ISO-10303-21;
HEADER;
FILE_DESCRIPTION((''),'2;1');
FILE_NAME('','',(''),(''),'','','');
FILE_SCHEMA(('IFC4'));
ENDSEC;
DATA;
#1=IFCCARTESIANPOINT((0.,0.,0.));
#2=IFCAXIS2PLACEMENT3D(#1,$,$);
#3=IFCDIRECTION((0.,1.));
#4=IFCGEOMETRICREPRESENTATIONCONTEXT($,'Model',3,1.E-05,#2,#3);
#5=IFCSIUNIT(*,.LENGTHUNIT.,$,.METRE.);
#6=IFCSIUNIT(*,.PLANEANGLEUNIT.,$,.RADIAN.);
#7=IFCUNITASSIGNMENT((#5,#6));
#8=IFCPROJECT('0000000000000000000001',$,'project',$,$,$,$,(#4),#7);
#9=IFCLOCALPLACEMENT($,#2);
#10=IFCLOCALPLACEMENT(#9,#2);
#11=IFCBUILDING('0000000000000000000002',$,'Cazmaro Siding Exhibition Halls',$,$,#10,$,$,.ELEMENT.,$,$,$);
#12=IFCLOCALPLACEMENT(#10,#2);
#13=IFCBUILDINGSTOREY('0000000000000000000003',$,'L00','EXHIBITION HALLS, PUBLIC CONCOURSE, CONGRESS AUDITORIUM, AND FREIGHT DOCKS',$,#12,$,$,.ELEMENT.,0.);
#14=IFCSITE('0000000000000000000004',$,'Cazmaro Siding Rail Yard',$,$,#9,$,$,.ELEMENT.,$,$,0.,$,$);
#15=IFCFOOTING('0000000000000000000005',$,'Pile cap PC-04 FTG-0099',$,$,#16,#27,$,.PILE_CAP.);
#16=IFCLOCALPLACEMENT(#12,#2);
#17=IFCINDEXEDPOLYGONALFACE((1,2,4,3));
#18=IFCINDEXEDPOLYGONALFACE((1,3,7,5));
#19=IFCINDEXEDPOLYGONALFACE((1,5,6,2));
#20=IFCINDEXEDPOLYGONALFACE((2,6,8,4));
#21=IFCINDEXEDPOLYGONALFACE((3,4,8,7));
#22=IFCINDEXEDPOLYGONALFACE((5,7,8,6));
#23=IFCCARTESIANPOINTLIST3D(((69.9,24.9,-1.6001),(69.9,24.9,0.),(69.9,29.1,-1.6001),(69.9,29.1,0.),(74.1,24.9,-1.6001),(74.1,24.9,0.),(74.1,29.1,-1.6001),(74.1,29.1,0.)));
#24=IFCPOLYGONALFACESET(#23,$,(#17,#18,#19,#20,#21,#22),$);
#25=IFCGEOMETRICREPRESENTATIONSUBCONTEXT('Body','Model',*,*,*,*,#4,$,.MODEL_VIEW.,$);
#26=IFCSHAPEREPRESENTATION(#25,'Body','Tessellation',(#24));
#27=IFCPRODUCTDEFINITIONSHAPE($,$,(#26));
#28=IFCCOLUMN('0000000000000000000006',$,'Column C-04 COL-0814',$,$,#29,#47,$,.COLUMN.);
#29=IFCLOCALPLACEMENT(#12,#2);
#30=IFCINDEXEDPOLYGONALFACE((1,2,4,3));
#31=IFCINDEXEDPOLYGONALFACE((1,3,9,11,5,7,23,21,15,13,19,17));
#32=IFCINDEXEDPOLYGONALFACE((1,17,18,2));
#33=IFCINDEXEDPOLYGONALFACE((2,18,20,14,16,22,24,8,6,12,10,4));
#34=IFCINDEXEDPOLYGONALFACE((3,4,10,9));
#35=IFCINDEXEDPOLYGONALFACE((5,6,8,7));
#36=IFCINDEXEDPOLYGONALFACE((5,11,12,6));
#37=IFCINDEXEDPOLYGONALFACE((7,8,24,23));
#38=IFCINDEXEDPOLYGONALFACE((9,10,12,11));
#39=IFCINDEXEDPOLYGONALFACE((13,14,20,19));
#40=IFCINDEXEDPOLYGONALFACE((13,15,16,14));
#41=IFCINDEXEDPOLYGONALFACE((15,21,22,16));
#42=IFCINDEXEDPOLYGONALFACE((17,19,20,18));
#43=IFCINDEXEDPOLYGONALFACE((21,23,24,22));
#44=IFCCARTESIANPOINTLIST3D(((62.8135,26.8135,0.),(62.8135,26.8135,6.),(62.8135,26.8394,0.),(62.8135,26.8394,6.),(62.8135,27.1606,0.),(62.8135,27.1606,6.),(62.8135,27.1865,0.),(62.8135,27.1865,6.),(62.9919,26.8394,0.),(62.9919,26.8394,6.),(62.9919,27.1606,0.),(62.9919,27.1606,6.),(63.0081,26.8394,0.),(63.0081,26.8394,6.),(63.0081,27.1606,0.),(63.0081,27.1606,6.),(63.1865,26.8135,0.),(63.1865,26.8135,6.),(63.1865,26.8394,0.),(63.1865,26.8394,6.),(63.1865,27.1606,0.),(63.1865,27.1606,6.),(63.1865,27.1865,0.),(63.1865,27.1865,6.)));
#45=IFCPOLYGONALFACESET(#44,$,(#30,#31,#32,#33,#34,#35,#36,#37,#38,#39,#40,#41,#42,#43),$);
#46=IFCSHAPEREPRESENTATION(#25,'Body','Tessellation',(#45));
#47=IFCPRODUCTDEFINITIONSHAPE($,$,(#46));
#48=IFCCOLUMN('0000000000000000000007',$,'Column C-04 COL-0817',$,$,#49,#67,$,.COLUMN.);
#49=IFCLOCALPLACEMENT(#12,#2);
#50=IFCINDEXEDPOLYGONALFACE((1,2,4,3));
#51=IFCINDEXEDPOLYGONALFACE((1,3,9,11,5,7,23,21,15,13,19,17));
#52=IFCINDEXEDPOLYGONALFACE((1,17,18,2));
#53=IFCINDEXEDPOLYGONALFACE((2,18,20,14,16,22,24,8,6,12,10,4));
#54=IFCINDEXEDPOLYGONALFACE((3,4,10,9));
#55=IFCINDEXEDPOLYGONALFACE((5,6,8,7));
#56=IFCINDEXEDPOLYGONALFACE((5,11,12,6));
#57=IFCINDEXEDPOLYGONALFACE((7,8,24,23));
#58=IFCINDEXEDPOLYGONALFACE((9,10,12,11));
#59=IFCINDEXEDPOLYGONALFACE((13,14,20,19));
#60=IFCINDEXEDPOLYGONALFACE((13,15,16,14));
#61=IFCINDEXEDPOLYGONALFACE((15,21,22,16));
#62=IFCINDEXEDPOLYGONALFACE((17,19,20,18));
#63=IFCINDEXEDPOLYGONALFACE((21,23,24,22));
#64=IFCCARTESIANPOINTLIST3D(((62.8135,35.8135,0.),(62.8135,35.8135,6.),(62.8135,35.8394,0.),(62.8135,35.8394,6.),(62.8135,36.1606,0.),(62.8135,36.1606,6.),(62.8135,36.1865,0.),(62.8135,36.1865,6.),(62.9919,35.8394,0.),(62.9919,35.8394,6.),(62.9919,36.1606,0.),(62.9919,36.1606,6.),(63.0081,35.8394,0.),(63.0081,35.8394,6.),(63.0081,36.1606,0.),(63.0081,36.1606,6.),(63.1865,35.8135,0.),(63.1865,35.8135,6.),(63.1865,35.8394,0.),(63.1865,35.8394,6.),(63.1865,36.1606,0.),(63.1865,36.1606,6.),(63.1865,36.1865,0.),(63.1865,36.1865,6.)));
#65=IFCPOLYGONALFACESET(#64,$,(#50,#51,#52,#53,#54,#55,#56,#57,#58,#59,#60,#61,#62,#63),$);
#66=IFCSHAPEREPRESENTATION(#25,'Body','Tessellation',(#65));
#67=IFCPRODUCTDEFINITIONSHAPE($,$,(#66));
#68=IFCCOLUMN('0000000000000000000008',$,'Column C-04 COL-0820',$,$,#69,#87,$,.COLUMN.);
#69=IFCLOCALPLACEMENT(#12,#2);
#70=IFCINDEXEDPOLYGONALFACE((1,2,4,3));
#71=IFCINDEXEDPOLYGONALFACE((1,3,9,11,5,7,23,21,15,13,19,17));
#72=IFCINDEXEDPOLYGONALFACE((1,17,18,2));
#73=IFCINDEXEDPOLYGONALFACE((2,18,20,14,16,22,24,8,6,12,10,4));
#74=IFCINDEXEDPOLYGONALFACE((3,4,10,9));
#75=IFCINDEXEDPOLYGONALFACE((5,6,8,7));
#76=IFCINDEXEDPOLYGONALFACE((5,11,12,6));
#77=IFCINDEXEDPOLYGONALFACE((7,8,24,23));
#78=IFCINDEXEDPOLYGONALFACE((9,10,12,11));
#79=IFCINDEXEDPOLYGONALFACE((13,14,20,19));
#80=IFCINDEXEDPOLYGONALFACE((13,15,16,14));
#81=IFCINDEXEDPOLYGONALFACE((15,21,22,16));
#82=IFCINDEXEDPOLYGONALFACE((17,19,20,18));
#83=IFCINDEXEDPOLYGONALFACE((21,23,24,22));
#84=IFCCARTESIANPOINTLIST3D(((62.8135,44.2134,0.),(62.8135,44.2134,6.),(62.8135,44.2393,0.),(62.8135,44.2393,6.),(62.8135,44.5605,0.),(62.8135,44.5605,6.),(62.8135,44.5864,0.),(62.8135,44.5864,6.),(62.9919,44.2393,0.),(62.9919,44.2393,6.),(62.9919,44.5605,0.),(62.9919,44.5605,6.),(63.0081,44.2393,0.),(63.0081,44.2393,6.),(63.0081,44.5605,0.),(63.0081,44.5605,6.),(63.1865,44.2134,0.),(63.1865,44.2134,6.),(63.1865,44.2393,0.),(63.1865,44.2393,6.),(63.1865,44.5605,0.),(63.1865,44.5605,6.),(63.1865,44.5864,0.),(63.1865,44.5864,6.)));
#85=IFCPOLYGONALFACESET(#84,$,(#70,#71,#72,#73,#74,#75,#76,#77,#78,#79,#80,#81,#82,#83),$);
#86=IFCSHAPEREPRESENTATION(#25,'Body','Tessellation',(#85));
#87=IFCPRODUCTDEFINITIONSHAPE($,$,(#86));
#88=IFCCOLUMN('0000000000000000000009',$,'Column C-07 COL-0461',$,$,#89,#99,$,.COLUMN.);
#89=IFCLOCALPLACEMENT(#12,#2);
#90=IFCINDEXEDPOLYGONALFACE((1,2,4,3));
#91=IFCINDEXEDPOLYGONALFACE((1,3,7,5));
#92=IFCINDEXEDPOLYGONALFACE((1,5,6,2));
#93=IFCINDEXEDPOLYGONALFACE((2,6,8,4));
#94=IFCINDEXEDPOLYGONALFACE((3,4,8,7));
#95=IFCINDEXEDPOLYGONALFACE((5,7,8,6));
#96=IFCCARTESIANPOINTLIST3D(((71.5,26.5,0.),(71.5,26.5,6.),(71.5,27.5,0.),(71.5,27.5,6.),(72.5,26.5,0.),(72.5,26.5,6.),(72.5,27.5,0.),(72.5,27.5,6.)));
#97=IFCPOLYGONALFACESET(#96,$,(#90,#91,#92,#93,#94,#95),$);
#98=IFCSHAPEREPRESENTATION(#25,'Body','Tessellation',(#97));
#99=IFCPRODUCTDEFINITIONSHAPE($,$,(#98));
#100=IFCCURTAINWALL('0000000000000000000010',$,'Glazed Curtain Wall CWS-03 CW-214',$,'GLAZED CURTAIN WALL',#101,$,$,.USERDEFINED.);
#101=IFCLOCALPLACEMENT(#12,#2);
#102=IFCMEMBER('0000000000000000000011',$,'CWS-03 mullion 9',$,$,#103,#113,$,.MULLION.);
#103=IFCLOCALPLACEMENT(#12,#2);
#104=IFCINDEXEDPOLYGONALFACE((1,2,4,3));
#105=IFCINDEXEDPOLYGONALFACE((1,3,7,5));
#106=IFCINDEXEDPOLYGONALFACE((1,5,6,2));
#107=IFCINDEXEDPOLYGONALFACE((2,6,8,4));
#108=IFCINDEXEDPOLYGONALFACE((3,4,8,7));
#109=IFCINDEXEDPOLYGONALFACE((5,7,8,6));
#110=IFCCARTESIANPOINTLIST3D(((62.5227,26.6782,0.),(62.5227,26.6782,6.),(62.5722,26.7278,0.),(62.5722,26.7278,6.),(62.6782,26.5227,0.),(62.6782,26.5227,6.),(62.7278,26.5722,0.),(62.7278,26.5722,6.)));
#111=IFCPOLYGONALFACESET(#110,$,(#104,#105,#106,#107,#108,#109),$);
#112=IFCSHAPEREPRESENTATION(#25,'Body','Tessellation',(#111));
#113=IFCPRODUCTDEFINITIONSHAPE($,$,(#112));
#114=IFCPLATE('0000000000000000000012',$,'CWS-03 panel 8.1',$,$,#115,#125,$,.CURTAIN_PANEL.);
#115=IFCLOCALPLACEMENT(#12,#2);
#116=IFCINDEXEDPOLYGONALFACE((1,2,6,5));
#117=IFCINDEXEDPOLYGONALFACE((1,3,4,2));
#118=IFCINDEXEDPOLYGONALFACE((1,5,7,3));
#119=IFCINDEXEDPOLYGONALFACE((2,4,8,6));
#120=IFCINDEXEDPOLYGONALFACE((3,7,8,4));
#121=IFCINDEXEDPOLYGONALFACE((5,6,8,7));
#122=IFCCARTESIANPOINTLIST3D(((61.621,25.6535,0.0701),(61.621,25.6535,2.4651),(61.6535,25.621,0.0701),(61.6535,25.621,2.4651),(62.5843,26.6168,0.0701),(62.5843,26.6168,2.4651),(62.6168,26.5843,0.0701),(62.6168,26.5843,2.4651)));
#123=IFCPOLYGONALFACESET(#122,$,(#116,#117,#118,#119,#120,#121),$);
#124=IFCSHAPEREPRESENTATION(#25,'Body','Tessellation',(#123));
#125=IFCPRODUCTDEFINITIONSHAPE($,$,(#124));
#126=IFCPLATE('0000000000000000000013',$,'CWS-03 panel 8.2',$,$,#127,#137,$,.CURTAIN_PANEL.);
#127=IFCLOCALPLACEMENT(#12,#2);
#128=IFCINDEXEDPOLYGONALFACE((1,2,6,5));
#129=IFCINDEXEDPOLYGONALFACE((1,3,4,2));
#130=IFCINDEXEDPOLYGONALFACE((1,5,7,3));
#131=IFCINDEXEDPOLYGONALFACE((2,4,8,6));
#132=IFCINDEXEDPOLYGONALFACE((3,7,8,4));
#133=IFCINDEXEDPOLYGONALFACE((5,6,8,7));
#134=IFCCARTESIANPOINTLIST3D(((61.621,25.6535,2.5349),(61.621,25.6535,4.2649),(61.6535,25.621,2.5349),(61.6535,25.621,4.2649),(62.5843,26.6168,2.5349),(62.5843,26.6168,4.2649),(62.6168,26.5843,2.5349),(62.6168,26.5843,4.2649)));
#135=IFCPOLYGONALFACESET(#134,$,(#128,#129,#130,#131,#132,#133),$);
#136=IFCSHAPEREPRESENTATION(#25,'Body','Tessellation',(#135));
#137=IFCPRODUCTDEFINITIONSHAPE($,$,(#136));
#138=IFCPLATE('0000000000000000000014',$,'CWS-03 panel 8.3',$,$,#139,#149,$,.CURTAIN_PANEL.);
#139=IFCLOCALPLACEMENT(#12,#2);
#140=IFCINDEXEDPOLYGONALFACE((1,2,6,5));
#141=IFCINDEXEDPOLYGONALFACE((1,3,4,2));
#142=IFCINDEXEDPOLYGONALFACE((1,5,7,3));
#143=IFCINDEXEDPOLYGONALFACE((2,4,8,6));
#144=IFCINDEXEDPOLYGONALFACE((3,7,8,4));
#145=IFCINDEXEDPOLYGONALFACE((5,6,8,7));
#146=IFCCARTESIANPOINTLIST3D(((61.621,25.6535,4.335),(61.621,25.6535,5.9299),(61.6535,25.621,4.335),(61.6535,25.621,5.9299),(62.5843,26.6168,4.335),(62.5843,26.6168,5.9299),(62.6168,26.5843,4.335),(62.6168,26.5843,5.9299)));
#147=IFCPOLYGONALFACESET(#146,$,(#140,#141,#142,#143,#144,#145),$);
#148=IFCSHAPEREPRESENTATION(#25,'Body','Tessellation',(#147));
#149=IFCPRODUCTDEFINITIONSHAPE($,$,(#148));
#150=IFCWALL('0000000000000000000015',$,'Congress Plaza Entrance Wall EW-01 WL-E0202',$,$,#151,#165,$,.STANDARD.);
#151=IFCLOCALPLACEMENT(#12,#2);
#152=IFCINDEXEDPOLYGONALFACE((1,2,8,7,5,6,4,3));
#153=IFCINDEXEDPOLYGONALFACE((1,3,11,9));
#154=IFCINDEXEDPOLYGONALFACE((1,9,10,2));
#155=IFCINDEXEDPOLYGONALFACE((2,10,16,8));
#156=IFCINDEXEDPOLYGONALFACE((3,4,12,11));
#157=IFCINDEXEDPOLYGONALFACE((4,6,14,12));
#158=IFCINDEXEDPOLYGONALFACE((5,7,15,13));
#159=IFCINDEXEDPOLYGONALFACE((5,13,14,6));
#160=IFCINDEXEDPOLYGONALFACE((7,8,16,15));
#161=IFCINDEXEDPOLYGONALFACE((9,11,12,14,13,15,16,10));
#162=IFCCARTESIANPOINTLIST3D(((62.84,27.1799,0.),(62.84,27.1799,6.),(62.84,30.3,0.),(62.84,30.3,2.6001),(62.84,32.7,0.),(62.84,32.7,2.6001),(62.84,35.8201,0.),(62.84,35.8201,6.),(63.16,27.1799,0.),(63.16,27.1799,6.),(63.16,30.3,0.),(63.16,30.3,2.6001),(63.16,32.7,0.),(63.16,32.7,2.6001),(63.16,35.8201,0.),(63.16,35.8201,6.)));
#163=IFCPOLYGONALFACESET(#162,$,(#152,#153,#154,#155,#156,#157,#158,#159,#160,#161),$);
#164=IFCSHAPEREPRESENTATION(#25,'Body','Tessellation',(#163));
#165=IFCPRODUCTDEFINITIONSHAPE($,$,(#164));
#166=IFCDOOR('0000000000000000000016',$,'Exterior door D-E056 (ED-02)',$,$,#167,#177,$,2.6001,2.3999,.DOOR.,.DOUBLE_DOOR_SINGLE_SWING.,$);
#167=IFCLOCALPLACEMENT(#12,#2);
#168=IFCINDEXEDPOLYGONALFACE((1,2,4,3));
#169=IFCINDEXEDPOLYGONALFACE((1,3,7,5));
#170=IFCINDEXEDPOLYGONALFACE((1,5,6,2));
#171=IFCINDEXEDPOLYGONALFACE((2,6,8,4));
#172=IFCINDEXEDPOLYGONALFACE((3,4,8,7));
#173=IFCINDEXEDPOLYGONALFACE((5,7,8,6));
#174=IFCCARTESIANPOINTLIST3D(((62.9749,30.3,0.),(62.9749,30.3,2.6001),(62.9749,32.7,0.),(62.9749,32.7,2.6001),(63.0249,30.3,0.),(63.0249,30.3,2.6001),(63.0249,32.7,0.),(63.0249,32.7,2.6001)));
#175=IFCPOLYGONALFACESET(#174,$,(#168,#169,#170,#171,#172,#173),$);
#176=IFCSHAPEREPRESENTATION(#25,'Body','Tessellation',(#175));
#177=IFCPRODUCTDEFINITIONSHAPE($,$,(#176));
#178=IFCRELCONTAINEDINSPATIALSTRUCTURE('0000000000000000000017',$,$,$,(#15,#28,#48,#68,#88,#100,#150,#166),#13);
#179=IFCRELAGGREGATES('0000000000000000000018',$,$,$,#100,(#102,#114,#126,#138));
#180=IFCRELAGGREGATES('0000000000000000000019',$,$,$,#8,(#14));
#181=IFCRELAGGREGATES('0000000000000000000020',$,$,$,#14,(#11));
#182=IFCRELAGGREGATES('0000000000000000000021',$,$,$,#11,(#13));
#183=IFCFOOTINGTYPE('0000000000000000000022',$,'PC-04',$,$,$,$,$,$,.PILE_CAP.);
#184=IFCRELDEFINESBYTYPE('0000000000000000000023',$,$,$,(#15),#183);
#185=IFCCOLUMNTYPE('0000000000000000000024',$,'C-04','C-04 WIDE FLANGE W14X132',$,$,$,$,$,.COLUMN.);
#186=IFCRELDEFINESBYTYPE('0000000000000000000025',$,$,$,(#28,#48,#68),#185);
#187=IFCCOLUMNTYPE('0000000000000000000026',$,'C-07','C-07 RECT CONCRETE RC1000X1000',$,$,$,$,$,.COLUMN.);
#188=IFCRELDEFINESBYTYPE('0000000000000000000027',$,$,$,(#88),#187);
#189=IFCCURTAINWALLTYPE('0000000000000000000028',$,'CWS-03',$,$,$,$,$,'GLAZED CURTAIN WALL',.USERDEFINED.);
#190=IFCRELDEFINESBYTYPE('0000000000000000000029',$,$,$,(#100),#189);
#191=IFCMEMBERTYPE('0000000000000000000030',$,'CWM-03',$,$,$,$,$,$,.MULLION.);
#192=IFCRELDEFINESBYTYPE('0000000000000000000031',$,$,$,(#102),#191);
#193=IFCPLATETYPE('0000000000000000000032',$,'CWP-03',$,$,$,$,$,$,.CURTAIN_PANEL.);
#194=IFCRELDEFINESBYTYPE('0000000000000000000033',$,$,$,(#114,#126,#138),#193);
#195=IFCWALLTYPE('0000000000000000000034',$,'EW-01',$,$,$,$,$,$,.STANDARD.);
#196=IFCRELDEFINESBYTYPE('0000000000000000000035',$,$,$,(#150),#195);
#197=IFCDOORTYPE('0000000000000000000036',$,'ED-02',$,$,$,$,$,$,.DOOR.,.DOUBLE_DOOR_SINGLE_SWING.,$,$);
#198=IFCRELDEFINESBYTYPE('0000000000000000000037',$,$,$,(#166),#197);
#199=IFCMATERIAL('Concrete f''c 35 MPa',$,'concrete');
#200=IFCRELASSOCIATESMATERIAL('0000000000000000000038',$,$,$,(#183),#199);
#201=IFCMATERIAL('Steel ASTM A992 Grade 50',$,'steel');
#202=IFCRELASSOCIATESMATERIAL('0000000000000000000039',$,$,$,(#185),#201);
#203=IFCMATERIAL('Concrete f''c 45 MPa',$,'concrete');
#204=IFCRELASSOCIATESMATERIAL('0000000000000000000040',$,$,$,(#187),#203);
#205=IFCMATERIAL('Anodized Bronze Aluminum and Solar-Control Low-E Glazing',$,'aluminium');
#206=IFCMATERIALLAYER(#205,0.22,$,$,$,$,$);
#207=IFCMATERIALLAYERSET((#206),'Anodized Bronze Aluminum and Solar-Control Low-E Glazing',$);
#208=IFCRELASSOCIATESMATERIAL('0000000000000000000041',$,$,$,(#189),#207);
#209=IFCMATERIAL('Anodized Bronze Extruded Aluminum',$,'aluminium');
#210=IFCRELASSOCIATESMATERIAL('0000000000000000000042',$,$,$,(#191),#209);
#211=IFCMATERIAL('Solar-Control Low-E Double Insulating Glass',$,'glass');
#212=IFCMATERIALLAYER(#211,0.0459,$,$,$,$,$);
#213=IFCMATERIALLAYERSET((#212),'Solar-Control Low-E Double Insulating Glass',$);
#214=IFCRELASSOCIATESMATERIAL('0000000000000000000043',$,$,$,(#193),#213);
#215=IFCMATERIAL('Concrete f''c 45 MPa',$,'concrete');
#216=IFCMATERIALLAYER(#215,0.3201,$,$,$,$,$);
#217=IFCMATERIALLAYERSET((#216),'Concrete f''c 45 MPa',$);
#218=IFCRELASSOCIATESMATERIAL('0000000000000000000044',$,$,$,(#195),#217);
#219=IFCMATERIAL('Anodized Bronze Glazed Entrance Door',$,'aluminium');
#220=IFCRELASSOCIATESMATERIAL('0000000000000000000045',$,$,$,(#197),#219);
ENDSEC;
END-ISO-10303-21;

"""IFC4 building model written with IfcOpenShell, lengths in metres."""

from ifc_helpers import new_model, si_unit, direction, frame, frame_2d, origin, origin_2d, place, context, subcontext, project, spatial, rectangle, i_section, extrude, material, layer, layer_set, material_profile, profile_set, type_object, element, fill, aggregate, save


model = new_model("IFC4")

# Units and contexts
model_context = context("Model", 3, precision=1e-05, world=origin(), true_north=direction((0.0, 1.0)))
body_context = subcontext(model_context, "Body", "Model", "MODEL_VIEW")
ifc_project = project(units=[si_unit("LENGTHUNIT", "METRE"), si_unit("PLANEANGLEUNIT", "RADIAN")], contexts=[model_context])

# Site, building, storey
site_placement = place(None, origin())
site = spatial("IfcSite", under=ifc_project, at=site_placement, Name="Cazmaro Siding Rail Yard", CompositionType="ELEMENT", RefElevation=0.0)
building_placement = place(site_placement, origin())
building = spatial("IfcBuilding", under=site, at=building_placement, Name="Cazmaro Siding Exhibition Halls", CompositionType="ELEMENT")
storey_placement = place(building_placement, origin())
storey = spatial("IfcBuildingStorey", under=building, at=storey_placement, Name="L00", Description="EXHIBITION HALLS, PUBLIC CONCOURSE, CONGRESS AUDITORIUM, AND FREIGHT DOCKS", CompositionType="ELEMENT", Elevation=0.0)

# Footing
ifc_material_1 = material(Name="Concrete f'c 35 MPa", Category="concrete")
footing_type_1 = type_object("IfcFootingType", Name="PC-04", PredefinedType="PILE_CAP", material=ifc_material_1)
footing_placement = place(storey_placement, frame((72.0, 27.0, -1.6001), z_axis=(0.0, 0.0, 1.0), x_axis=(1.0, 0.0, 0.0)))
element("IfcFooting", 1, at=footing_placement, inside=storey, type_object=footing_type_1, Name="Pile cap PC-04 FTG-0099", PredefinedType="PILE_CAP", context=body_context, shape_type="SweptSolid", body=[
    extrude(rectangle(XDim=4.2, YDim=4.2, at=origin_2d()), origin(), (0.0, 0.0, 1.0), 1.6001),
])

# Columns
ifc_material_2 = material(Name="Steel ASTM A992 Grade 50", Category="steel")
ifc_material_profile_1 = material_profile(ifc_material_2, i_section(OverallWidth=0.373, OverallDepth=0.373, WebThickness=0.0161, FlangeThickness=0.0259, at=origin_2d()), Name="W14X132")
ifc_profile_set_1 = profile_set([ifc_material_profile_1], Name="Steel ASTM A992 Grade 50")
column_type_1 = type_object("IfcColumnType", Name="C-04", Description="C-04 WIDE FLANGE W14X132", PredefinedType="COLUMN", material=ifc_profile_set_1)
for number, where, z_axis, x_axis, name in (
    (2, (63.0, 27.0, 0.0), (0.0, 0.0, 1.0), (1.0, 0.0, 0.0), "Column C-04 COL-0814"),
    (3, (63.0, 36.0, 0.0), (0.0, 0.0, 1.0), (1.0, 0.0, 0.0), "Column C-04 COL-0817"),
    (4, (63.0, 44.3999, 0.0), (0.0, 0.0, 1.0), (1.0, 0.0, 0.0), "Column C-04 COL-0820"),
):
    element("IfcColumn", number, at=place(storey_placement, frame(where, z_axis=z_axis, x_axis=x_axis)), inside=storey, type_object=column_type_1, Name=name, PredefinedType="COLUMN", context=body_context, shape_type="SweptSolid", body=[
        extrude(i_section(OverallWidth=0.373, OverallDepth=0.373, WebThickness=0.0161, FlangeThickness=0.0259, at=origin_2d()), origin(), (0.0, 0.0, 1.0), 6.0),
    ])
ifc_material_3 = material(Name="Concrete f'c 45 MPa", Category="concrete")
ifc_material_profile_2 = material_profile(ifc_material_3, rectangle(XDim=1.0, YDim=1.0, at=origin_2d()), Name="RC1000X1000")
ifc_profile_set_2 = profile_set([ifc_material_profile_2], Name="Concrete f'c 45 MPa")
column_type_2 = type_object("IfcColumnType", Name="C-07", Description="C-07 RECT CONCRETE RC1000X1000", PredefinedType="COLUMN", material=ifc_profile_set_2)
column_placement = place(storey_placement, frame((72.0, 27.0, 0.0), z_axis=(0.0, 0.0, 1.0), x_axis=(1.0, 0.0, 0.0)))
element("IfcColumn", 5, at=column_placement, inside=storey, type_object=column_type_2, Name="Column C-07 COL-0461", PredefinedType="COLUMN", context=body_context, shape_type="SweptSolid", body=[
    extrude(rectangle(XDim=1.0, YDim=1.0, at=origin_2d()), origin(), (0.0, 0.0, 1.0), 6.0),
])

# Curtain wall, member, plates
ifc_material_4 = material(Name="Anodized Bronze Aluminum and Solar-Control Low-E Glazing", Category="aluminium")
ifc_layer_1 = layer(ifc_material_4, 0.22)
ifc_layer_set_1 = layer_set([ifc_layer_1], Name="Anodized Bronze Aluminum and Solar-Control Low-E Glazing")
curtain_wall_type = type_object("IfcCurtainWallType", Name="CWS-03", ElementType="GLAZED CURTAIN WALL", PredefinedType="USERDEFINED", material=ifc_layer_set_1)
curtain_wall_placement = place(storey_placement, origin())
curtain_wall = element("IfcCurtainWall", 6, at=curtain_wall_placement, inside=storey, type_object=curtain_wall_type, Name="Glazed Curtain Wall CWS-03 CW-214", ObjectType="GLAZED CURTAIN WALL", PredefinedType="USERDEFINED")
ifc_material_5 = material(Name="Anodized Bronze Extruded Aluminum", Category="aluminium")
ifc_material_profile_3 = material_profile(ifc_material_5, rectangle(XDim=0.22, YDim=0.0701, at=origin_2d()), Name="CWM-03")
ifc_profile_set_3 = profile_set([ifc_material_profile_3], Name="Anodized Bronze Extruded Aluminum")
member_type = type_object("IfcMemberType", Name="CWM-03", PredefinedType="MULLION", material=ifc_profile_set_3)
member_placement = place(storey_placement, frame((62.6252, 26.6252, 0.0), z_axis=(0.0, 0.0, 1.0), x_axis=(-0.707107, 0.707107, 0.0)))
member = element("IfcMember", 7, at=member_placement, type_object=member_type, Name="CWS-03 mullion 9", PredefinedType="MULLION", context=body_context, shape_type="SweptSolid", body=[
    extrude(rectangle(XDim=0.22, YDim=0.0701, at=origin_2d()), origin(), (0.0, 0.0, 1.0), 6.0),
])
ifc_material_6 = material(Name="Solar-Control Low-E Double Insulating Glass", Category="glass")
ifc_layer_2 = layer(ifc_material_6, 0.0459)
ifc_layer_set_2 = layer_set([ifc_layer_2], Name="Solar-Control Low-E Double Insulating Glass")
plate_type = type_object("IfcPlateType", Name="CWP-03", PredefinedType="CURTAIN_PANEL", material=ifc_layer_set_2)
plate_1_placement = place(storey_placement, frame((62.1189, 26.1189, 0.0701), z_axis=(0.0, 0.0, 1.0), x_axis=(0.707107, 0.707107, 0.0)))
plate_1 = element("IfcPlate", 8, at=plate_1_placement, type_object=plate_type, Name="CWS-03 panel 8.1", PredefinedType="CURTAIN_PANEL", context=body_context, shape_type="SweptSolid", body=[
    extrude(rectangle(XDim=1.3623, YDim=0.0459, at=origin_2d()), origin(), (0.0, 0.0, 1.0), 2.395),
])
plate_2_placement = place(storey_placement, frame((62.1189, 26.1189, 2.5349), z_axis=(0.0, 0.0, 1.0), x_axis=(0.707107, 0.707107, 0.0)))
plate_2 = element("IfcPlate", 9, at=plate_2_placement, type_object=plate_type, Name="CWS-03 panel 8.2", PredefinedType="CURTAIN_PANEL", context=body_context, shape_type="SweptSolid", body=[
    extrude(rectangle(XDim=1.3623, YDim=0.0459, at=origin_2d()), origin(), (0.0, 0.0, 1.0), 1.73),
])
plate_3_placement = place(storey_placement, frame((62.1189, 26.1189, 4.335), z_axis=(0.0, 0.0, 1.0), x_axis=(0.707107, 0.707107, 0.0)))
plate_3 = element("IfcPlate", 10, at=plate_3_placement, type_object=plate_type, Name="CWS-03 panel 8.3", PredefinedType="CURTAIN_PANEL", context=body_context, shape_type="SweptSolid", body=[
    extrude(rectangle(XDim=1.3623, YDim=0.0459, at=origin_2d()), origin(), (0.0, 0.0, 1.0), 1.595),
])
aggregate(curtain_wall, [member, plate_1, plate_2, plate_3])

# Wall, opening, door
ifc_material_7 = material(Name="Concrete f'c 45 MPa", Category="concrete")
ifc_layer_3 = layer(ifc_material_7, 0.3201)
ifc_layer_set_3 = layer_set([ifc_layer_3], Name="Concrete f'c 45 MPa")
wall_type = type_object("IfcWallType", Name="EW-01", PredefinedType="STANDARD", material=ifc_layer_set_3)
wall_1_placement = place(storey_placement, frame((63.0, 35.8201, 0.0), z_axis=(0.0, 0.0, 1.0), x_axis=(0.0, -1.0, 0.0)))
wall_1 = element("IfcWall", 11, at=wall_1_placement, inside=storey, type_object=wall_type, Name="Congress Plaza Entrance Wall EW-01 WL-E0202", PredefinedType="STANDARD", context=body_context, shape_type="SweptSolid", body=[
    extrude(rectangle(XDim=8.6401, YDim=0.3201, at=frame_2d((4.3201, 0.0))), origin(), (0.0, 0.0, 1.0), 6.0),
])
opening_1_placement = place(wall_1_placement, frame((3.1201, 0.0, 0.0)))
opening_1 = element("IfcOpeningElement", 12, at=opening_1_placement, cuts=wall_1, PredefinedType="OPENING", context=body_context, shape_type="SweptSolid", body=[
    extrude(rectangle(XDim=2.3999, YDim=2.6001, at=frame_2d((1.2, 1.3))), frame((0.0, 0.1699, 0.0), z_axis=(0.0, -1.0, 0.0), x_axis=(1.0, 0.0, 0.0)), (0.0, 0.0, 1.0), 0.3401),
])
ifc_material_8 = material(Name="Anodized Bronze Glazed Entrance Door", Category="aluminium")
door_type = type_object("IfcDoorType", Name="ED-02", OperationType="DOUBLE_DOOR_SINGLE_SWING", PredefinedType="DOOR", material=ifc_material_8)
door_1_placement = place(opening_1_placement, origin())
door_1 = element("IfcDoor", 13, at=door_1_placement, inside=storey, type_object=door_type, Name="Exterior door D-E056 (ED-02)", OperationType="DOUBLE_DOOR_SINGLE_SWING", OverallHeight=2.6001, OverallWidth=2.3999, PredefinedType="DOOR", context=body_context, shape_type="SweptSolid", body=[
    extrude(rectangle(XDim=2.3999, YDim=2.6001, at=frame_2d((1.2, 1.3))), frame((0.0, 0.0249, 0.0), z_axis=(0.0, -1.0, 0.0), x_axis=(1.0, 0.0, 0.0)), (0.0, 0.0, 1.0), 0.05),
])
fill(opening_1, door_1)

save(model, "model.ifc")
